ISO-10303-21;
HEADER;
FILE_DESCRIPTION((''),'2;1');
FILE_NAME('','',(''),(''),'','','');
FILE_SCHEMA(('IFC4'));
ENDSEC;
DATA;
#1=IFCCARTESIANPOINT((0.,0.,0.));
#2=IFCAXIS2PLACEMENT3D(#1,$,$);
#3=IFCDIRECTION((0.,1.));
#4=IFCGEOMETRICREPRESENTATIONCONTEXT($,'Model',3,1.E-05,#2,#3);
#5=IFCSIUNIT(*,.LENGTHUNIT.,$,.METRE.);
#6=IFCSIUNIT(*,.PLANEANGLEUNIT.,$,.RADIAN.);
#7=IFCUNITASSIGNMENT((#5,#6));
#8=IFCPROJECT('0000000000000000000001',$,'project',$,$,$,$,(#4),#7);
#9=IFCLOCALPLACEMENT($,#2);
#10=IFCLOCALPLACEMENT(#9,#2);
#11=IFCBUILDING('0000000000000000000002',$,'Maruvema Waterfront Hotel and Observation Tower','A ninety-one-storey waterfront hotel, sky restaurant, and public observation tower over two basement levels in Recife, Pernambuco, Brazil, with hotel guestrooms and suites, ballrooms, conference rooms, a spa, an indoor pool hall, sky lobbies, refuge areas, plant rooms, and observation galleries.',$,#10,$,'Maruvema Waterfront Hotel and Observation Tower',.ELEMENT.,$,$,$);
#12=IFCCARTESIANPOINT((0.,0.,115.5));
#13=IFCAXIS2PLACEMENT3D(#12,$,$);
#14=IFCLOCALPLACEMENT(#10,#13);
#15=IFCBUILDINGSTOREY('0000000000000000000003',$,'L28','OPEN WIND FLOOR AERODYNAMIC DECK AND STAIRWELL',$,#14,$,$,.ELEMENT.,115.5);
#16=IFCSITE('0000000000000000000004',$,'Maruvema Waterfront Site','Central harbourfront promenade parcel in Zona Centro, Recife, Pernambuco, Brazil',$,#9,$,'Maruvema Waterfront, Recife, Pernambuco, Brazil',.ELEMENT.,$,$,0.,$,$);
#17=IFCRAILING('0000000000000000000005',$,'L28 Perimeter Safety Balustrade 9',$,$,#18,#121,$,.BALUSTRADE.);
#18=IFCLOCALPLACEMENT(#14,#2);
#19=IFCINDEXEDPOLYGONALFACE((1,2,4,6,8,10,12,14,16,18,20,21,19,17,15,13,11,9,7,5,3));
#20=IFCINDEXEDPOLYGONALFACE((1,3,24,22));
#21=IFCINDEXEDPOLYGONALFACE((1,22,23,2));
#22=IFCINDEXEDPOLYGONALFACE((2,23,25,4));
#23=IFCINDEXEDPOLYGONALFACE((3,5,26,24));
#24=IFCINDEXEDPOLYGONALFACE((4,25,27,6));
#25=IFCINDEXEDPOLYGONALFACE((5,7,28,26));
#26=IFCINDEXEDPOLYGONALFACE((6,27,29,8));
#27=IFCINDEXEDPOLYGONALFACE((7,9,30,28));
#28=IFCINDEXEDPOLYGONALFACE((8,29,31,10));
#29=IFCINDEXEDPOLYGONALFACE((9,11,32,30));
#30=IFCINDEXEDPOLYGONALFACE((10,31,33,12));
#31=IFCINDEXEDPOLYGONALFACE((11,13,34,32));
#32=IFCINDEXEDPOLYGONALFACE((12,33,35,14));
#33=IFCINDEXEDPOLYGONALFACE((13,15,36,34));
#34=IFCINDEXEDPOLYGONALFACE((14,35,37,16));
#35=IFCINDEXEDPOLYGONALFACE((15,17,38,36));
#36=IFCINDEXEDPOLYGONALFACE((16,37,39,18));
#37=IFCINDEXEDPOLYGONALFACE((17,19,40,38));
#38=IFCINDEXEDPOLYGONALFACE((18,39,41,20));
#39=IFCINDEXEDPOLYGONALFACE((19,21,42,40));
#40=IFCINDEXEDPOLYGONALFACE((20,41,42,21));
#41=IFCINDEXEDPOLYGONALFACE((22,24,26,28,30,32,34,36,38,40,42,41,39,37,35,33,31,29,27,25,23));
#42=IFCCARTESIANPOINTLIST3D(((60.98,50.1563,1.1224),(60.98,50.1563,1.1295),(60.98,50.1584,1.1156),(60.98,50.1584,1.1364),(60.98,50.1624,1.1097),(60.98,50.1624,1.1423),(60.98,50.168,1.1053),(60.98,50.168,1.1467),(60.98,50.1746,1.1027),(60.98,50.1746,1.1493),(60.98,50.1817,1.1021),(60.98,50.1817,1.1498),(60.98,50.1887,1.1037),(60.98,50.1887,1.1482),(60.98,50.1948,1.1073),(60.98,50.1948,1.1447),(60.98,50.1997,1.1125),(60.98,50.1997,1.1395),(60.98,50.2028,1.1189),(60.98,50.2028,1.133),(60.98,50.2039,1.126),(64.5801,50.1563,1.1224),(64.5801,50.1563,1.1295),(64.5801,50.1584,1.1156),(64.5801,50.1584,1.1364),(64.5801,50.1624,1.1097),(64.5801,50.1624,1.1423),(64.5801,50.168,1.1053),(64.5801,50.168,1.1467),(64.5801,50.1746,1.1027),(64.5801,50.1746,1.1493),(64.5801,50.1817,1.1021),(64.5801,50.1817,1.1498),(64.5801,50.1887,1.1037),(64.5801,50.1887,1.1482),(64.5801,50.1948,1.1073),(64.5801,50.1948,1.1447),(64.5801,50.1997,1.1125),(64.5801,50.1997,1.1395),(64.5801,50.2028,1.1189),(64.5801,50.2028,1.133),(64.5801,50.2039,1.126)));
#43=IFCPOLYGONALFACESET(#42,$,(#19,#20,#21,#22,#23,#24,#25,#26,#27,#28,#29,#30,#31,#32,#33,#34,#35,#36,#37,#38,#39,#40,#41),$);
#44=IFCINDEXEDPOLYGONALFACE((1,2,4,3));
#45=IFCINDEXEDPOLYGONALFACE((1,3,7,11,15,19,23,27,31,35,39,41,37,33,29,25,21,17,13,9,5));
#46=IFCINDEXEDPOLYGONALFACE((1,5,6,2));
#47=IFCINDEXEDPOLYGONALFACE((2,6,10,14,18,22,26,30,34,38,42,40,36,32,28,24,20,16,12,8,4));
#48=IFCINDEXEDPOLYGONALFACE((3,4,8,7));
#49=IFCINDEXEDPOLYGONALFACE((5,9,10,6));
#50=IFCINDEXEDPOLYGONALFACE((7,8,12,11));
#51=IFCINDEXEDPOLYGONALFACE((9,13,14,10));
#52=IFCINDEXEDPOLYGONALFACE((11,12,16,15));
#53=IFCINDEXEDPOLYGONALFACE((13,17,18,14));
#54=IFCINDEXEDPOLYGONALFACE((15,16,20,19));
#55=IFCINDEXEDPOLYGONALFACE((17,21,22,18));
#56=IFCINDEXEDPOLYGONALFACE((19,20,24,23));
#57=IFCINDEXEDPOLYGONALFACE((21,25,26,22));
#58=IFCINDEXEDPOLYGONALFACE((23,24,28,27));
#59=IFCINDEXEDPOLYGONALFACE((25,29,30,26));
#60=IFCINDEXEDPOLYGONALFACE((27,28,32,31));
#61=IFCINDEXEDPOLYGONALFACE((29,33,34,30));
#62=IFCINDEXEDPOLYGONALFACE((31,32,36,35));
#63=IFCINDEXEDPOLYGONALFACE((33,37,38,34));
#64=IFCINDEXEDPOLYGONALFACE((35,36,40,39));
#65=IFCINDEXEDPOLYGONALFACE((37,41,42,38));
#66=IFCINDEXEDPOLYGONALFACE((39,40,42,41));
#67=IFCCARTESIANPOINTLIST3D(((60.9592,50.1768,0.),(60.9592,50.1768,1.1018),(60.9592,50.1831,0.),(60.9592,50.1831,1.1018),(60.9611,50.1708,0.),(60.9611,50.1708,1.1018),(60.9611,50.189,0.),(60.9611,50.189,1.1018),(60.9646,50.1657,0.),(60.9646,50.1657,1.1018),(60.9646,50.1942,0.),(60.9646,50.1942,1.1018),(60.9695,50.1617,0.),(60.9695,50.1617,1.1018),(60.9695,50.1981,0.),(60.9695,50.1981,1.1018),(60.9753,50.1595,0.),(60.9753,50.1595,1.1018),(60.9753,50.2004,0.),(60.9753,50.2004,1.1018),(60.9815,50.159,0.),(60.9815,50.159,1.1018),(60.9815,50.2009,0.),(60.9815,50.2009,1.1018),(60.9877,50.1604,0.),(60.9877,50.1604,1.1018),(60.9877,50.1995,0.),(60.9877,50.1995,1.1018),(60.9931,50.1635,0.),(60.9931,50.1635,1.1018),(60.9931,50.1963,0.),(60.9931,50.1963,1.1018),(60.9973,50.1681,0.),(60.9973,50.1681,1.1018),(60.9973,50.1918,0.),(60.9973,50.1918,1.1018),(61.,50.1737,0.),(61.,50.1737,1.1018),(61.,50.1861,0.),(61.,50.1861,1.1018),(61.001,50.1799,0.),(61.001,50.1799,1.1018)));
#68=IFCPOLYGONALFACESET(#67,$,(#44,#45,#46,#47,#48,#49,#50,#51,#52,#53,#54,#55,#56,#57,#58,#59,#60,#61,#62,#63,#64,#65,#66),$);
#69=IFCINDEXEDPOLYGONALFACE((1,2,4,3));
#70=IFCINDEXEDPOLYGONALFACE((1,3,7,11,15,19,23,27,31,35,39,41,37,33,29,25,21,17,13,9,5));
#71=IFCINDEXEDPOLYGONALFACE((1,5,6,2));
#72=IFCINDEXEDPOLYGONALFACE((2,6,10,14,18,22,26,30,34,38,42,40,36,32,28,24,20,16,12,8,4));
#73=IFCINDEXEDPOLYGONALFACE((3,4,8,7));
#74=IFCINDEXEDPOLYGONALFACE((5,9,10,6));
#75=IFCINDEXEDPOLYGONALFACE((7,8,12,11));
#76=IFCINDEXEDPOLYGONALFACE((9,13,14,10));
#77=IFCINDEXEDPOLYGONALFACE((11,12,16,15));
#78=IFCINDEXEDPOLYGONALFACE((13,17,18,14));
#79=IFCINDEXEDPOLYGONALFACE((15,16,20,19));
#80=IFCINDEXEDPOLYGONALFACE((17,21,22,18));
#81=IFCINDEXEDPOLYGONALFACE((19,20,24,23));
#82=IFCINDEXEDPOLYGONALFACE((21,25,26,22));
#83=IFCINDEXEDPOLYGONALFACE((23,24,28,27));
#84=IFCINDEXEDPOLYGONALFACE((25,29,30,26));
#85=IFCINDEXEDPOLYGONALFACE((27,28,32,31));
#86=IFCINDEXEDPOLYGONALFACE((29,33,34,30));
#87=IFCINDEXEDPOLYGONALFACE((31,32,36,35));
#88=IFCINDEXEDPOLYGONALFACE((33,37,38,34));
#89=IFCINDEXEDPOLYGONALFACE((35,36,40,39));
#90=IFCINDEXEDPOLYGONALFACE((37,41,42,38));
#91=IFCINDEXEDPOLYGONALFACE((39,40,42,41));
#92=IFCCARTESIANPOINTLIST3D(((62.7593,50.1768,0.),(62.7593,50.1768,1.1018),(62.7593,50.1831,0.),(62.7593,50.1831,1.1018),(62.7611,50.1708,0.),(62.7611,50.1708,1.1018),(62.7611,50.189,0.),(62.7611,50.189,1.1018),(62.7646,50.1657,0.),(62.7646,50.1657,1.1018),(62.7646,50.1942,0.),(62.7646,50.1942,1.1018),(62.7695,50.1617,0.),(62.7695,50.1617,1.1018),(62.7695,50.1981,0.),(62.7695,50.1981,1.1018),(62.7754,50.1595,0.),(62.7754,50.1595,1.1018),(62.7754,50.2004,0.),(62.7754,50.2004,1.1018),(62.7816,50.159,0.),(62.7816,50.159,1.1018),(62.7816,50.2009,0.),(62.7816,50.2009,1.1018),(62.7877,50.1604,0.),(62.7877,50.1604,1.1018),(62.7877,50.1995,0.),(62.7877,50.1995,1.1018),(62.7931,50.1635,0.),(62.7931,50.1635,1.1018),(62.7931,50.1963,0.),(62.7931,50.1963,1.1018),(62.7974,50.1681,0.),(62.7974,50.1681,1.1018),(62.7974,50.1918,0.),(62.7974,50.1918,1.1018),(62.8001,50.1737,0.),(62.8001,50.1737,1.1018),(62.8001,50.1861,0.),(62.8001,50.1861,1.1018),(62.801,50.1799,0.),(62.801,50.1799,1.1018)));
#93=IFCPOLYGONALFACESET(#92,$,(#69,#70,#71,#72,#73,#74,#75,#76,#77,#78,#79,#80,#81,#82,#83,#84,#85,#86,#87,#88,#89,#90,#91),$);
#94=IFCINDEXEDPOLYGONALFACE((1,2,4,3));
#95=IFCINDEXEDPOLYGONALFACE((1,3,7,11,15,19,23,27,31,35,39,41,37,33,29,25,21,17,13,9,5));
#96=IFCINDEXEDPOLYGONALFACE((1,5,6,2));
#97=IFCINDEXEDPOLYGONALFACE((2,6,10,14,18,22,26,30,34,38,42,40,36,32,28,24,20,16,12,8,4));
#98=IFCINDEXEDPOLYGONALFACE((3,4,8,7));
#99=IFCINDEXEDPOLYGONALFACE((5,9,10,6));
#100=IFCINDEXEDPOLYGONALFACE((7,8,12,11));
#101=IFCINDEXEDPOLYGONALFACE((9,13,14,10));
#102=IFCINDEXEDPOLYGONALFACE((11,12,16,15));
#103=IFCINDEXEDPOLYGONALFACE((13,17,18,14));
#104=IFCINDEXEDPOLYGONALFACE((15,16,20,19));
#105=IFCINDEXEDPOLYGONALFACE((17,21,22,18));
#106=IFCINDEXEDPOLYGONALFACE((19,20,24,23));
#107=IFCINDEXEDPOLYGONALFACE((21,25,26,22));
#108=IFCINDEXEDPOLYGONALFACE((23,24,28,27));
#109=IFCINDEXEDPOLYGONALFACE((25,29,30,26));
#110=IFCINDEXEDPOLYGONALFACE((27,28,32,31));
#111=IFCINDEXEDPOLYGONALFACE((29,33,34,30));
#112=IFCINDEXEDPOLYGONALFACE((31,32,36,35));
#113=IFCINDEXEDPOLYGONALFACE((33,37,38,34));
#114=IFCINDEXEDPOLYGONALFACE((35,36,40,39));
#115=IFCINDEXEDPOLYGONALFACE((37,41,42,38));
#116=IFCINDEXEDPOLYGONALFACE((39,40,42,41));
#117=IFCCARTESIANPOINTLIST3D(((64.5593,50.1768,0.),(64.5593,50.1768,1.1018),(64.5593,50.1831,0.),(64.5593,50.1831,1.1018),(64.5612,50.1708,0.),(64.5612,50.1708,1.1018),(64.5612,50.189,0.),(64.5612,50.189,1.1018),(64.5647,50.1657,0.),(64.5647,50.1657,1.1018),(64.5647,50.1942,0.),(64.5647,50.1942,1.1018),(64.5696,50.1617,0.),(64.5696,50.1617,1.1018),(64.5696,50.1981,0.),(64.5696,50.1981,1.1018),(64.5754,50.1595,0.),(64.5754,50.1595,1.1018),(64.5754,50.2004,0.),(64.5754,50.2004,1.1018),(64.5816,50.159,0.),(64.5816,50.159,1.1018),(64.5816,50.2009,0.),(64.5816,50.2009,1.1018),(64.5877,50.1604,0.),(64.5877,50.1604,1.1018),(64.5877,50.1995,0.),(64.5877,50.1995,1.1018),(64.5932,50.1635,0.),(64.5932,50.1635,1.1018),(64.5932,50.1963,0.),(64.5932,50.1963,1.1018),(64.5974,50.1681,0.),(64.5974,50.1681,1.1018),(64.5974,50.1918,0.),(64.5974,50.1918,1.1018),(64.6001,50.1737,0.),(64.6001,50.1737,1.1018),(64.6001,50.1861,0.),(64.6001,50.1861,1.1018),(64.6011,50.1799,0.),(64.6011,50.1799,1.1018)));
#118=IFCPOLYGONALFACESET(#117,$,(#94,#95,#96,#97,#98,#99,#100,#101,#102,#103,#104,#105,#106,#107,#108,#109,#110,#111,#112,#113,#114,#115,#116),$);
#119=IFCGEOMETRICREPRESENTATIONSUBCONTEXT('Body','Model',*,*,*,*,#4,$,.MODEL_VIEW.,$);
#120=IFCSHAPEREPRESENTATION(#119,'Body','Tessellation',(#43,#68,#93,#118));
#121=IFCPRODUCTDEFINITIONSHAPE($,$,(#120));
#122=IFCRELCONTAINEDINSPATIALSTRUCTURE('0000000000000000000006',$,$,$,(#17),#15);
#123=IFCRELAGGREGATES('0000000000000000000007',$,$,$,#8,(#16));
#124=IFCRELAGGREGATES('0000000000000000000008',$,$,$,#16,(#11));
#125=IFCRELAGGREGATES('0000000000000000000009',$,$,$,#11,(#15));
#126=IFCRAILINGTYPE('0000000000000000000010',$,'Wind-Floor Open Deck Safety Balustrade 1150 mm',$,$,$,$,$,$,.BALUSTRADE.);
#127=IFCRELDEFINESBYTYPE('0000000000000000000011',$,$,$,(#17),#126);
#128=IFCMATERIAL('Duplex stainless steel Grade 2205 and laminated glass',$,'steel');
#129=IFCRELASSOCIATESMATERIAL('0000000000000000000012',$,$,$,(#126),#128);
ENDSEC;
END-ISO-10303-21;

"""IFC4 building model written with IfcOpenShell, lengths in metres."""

from ifc_helpers import new_model, si_unit, direction, frame, origin, origin_2d, place, context, subcontext, project, spatial, circle, extrude, material, type_object, element, save


model = new_model("IFC4")

# Units and contexts
model_context = context("Model", 3, precision=1e-05, world=origin(), true_north=direction((0.0, 1.0)))
body_context = subcontext(model_context, "Body", "Model", "MODEL_VIEW")
ifc_project = project(units=[si_unit("LENGTHUNIT", "METRE"), si_unit("PLANEANGLEUNIT", "RADIAN")], contexts=[model_context])

# Site, building, storey
site_placement = place(None, origin())
site = spatial("IfcSite", under=ifc_project, at=site_placement, Name="Maruvema Waterfront Site", Description="Central harbourfront promenade parcel in Zona Centro, Recife, Pernambuco, Brazil", LongName="Maruvema Waterfront, Recife, Pernambuco, Brazil", CompositionType="ELEMENT", RefElevation=0.0)
building_placement = place(site_placement, origin())
building = spatial("IfcBuilding", under=site, at=building_placement, Name="Maruvema Waterfront Hotel and Observation Tower", Description="A ninety-one-storey waterfront hotel, sky restaurant, and public observation tower over two basement levels in Recife, Pernambuco, Brazil, with hotel guestrooms and suites, ballrooms, conference rooms, a spa, an indoor pool hall, sky lobbies, refuge areas, plant rooms, and observation galleries.", LongName="Maruvema Waterfront Hotel and Observation Tower", CompositionType="ELEMENT")
storey_placement = place(building_placement, frame((0.0, 0.0, 115.5)))
storey = spatial("IfcBuildingStorey", under=building, at=storey_placement, Name="L28", Description="OPEN WIND FLOOR AERODYNAMIC DECK AND STAIRWELL", CompositionType="ELEMENT", Elevation=115.5)

# Railing
ifc_material_1 = material(Name="Duplex stainless steel Grade 2205 and laminated glass", Category="steel")
railing_type = type_object("IfcRailingType", Name="Wind-Floor Open Deck Safety Balustrade 1150 mm", PredefinedType="BALUSTRADE", material=ifc_material_1)
railing_1_placement = place(storey_placement, frame((60.98, 50.1799, 0.0)))
element("IfcRailing", 1, at=railing_1_placement, inside=storey, type_object=railing_type, Name="L28 Perimeter Safety Balustrade 9", PredefinedType="BALUSTRADE", context=body_context, shape_type="SweptSolid", body=[
    extrude(circle(Radius=0.0239, at=origin_2d()), frame((0.0, 0.0, 1.126), z_axis=(1.0, 0.0, 0.0), x_axis=(0.0, 1.0, 0.0)), (0.0, 0.0, 1.0), 3.6001),
    extrude(circle(Radius=0.021, at=origin_2d()), origin(), (0.0, 0.0, 1.0), 1.1018),
    extrude(circle(Radius=0.021, at=origin_2d()), frame((1.8, 0.0, 0.0)), (0.0, 0.0, 1.0), 1.1018),
    extrude(circle(Radius=0.021, at=origin_2d()), frame((3.6001, 0.0, 0.0)), (0.0, 0.0, 1.0), 1.1018),
])

save(model, "model.ifc")
